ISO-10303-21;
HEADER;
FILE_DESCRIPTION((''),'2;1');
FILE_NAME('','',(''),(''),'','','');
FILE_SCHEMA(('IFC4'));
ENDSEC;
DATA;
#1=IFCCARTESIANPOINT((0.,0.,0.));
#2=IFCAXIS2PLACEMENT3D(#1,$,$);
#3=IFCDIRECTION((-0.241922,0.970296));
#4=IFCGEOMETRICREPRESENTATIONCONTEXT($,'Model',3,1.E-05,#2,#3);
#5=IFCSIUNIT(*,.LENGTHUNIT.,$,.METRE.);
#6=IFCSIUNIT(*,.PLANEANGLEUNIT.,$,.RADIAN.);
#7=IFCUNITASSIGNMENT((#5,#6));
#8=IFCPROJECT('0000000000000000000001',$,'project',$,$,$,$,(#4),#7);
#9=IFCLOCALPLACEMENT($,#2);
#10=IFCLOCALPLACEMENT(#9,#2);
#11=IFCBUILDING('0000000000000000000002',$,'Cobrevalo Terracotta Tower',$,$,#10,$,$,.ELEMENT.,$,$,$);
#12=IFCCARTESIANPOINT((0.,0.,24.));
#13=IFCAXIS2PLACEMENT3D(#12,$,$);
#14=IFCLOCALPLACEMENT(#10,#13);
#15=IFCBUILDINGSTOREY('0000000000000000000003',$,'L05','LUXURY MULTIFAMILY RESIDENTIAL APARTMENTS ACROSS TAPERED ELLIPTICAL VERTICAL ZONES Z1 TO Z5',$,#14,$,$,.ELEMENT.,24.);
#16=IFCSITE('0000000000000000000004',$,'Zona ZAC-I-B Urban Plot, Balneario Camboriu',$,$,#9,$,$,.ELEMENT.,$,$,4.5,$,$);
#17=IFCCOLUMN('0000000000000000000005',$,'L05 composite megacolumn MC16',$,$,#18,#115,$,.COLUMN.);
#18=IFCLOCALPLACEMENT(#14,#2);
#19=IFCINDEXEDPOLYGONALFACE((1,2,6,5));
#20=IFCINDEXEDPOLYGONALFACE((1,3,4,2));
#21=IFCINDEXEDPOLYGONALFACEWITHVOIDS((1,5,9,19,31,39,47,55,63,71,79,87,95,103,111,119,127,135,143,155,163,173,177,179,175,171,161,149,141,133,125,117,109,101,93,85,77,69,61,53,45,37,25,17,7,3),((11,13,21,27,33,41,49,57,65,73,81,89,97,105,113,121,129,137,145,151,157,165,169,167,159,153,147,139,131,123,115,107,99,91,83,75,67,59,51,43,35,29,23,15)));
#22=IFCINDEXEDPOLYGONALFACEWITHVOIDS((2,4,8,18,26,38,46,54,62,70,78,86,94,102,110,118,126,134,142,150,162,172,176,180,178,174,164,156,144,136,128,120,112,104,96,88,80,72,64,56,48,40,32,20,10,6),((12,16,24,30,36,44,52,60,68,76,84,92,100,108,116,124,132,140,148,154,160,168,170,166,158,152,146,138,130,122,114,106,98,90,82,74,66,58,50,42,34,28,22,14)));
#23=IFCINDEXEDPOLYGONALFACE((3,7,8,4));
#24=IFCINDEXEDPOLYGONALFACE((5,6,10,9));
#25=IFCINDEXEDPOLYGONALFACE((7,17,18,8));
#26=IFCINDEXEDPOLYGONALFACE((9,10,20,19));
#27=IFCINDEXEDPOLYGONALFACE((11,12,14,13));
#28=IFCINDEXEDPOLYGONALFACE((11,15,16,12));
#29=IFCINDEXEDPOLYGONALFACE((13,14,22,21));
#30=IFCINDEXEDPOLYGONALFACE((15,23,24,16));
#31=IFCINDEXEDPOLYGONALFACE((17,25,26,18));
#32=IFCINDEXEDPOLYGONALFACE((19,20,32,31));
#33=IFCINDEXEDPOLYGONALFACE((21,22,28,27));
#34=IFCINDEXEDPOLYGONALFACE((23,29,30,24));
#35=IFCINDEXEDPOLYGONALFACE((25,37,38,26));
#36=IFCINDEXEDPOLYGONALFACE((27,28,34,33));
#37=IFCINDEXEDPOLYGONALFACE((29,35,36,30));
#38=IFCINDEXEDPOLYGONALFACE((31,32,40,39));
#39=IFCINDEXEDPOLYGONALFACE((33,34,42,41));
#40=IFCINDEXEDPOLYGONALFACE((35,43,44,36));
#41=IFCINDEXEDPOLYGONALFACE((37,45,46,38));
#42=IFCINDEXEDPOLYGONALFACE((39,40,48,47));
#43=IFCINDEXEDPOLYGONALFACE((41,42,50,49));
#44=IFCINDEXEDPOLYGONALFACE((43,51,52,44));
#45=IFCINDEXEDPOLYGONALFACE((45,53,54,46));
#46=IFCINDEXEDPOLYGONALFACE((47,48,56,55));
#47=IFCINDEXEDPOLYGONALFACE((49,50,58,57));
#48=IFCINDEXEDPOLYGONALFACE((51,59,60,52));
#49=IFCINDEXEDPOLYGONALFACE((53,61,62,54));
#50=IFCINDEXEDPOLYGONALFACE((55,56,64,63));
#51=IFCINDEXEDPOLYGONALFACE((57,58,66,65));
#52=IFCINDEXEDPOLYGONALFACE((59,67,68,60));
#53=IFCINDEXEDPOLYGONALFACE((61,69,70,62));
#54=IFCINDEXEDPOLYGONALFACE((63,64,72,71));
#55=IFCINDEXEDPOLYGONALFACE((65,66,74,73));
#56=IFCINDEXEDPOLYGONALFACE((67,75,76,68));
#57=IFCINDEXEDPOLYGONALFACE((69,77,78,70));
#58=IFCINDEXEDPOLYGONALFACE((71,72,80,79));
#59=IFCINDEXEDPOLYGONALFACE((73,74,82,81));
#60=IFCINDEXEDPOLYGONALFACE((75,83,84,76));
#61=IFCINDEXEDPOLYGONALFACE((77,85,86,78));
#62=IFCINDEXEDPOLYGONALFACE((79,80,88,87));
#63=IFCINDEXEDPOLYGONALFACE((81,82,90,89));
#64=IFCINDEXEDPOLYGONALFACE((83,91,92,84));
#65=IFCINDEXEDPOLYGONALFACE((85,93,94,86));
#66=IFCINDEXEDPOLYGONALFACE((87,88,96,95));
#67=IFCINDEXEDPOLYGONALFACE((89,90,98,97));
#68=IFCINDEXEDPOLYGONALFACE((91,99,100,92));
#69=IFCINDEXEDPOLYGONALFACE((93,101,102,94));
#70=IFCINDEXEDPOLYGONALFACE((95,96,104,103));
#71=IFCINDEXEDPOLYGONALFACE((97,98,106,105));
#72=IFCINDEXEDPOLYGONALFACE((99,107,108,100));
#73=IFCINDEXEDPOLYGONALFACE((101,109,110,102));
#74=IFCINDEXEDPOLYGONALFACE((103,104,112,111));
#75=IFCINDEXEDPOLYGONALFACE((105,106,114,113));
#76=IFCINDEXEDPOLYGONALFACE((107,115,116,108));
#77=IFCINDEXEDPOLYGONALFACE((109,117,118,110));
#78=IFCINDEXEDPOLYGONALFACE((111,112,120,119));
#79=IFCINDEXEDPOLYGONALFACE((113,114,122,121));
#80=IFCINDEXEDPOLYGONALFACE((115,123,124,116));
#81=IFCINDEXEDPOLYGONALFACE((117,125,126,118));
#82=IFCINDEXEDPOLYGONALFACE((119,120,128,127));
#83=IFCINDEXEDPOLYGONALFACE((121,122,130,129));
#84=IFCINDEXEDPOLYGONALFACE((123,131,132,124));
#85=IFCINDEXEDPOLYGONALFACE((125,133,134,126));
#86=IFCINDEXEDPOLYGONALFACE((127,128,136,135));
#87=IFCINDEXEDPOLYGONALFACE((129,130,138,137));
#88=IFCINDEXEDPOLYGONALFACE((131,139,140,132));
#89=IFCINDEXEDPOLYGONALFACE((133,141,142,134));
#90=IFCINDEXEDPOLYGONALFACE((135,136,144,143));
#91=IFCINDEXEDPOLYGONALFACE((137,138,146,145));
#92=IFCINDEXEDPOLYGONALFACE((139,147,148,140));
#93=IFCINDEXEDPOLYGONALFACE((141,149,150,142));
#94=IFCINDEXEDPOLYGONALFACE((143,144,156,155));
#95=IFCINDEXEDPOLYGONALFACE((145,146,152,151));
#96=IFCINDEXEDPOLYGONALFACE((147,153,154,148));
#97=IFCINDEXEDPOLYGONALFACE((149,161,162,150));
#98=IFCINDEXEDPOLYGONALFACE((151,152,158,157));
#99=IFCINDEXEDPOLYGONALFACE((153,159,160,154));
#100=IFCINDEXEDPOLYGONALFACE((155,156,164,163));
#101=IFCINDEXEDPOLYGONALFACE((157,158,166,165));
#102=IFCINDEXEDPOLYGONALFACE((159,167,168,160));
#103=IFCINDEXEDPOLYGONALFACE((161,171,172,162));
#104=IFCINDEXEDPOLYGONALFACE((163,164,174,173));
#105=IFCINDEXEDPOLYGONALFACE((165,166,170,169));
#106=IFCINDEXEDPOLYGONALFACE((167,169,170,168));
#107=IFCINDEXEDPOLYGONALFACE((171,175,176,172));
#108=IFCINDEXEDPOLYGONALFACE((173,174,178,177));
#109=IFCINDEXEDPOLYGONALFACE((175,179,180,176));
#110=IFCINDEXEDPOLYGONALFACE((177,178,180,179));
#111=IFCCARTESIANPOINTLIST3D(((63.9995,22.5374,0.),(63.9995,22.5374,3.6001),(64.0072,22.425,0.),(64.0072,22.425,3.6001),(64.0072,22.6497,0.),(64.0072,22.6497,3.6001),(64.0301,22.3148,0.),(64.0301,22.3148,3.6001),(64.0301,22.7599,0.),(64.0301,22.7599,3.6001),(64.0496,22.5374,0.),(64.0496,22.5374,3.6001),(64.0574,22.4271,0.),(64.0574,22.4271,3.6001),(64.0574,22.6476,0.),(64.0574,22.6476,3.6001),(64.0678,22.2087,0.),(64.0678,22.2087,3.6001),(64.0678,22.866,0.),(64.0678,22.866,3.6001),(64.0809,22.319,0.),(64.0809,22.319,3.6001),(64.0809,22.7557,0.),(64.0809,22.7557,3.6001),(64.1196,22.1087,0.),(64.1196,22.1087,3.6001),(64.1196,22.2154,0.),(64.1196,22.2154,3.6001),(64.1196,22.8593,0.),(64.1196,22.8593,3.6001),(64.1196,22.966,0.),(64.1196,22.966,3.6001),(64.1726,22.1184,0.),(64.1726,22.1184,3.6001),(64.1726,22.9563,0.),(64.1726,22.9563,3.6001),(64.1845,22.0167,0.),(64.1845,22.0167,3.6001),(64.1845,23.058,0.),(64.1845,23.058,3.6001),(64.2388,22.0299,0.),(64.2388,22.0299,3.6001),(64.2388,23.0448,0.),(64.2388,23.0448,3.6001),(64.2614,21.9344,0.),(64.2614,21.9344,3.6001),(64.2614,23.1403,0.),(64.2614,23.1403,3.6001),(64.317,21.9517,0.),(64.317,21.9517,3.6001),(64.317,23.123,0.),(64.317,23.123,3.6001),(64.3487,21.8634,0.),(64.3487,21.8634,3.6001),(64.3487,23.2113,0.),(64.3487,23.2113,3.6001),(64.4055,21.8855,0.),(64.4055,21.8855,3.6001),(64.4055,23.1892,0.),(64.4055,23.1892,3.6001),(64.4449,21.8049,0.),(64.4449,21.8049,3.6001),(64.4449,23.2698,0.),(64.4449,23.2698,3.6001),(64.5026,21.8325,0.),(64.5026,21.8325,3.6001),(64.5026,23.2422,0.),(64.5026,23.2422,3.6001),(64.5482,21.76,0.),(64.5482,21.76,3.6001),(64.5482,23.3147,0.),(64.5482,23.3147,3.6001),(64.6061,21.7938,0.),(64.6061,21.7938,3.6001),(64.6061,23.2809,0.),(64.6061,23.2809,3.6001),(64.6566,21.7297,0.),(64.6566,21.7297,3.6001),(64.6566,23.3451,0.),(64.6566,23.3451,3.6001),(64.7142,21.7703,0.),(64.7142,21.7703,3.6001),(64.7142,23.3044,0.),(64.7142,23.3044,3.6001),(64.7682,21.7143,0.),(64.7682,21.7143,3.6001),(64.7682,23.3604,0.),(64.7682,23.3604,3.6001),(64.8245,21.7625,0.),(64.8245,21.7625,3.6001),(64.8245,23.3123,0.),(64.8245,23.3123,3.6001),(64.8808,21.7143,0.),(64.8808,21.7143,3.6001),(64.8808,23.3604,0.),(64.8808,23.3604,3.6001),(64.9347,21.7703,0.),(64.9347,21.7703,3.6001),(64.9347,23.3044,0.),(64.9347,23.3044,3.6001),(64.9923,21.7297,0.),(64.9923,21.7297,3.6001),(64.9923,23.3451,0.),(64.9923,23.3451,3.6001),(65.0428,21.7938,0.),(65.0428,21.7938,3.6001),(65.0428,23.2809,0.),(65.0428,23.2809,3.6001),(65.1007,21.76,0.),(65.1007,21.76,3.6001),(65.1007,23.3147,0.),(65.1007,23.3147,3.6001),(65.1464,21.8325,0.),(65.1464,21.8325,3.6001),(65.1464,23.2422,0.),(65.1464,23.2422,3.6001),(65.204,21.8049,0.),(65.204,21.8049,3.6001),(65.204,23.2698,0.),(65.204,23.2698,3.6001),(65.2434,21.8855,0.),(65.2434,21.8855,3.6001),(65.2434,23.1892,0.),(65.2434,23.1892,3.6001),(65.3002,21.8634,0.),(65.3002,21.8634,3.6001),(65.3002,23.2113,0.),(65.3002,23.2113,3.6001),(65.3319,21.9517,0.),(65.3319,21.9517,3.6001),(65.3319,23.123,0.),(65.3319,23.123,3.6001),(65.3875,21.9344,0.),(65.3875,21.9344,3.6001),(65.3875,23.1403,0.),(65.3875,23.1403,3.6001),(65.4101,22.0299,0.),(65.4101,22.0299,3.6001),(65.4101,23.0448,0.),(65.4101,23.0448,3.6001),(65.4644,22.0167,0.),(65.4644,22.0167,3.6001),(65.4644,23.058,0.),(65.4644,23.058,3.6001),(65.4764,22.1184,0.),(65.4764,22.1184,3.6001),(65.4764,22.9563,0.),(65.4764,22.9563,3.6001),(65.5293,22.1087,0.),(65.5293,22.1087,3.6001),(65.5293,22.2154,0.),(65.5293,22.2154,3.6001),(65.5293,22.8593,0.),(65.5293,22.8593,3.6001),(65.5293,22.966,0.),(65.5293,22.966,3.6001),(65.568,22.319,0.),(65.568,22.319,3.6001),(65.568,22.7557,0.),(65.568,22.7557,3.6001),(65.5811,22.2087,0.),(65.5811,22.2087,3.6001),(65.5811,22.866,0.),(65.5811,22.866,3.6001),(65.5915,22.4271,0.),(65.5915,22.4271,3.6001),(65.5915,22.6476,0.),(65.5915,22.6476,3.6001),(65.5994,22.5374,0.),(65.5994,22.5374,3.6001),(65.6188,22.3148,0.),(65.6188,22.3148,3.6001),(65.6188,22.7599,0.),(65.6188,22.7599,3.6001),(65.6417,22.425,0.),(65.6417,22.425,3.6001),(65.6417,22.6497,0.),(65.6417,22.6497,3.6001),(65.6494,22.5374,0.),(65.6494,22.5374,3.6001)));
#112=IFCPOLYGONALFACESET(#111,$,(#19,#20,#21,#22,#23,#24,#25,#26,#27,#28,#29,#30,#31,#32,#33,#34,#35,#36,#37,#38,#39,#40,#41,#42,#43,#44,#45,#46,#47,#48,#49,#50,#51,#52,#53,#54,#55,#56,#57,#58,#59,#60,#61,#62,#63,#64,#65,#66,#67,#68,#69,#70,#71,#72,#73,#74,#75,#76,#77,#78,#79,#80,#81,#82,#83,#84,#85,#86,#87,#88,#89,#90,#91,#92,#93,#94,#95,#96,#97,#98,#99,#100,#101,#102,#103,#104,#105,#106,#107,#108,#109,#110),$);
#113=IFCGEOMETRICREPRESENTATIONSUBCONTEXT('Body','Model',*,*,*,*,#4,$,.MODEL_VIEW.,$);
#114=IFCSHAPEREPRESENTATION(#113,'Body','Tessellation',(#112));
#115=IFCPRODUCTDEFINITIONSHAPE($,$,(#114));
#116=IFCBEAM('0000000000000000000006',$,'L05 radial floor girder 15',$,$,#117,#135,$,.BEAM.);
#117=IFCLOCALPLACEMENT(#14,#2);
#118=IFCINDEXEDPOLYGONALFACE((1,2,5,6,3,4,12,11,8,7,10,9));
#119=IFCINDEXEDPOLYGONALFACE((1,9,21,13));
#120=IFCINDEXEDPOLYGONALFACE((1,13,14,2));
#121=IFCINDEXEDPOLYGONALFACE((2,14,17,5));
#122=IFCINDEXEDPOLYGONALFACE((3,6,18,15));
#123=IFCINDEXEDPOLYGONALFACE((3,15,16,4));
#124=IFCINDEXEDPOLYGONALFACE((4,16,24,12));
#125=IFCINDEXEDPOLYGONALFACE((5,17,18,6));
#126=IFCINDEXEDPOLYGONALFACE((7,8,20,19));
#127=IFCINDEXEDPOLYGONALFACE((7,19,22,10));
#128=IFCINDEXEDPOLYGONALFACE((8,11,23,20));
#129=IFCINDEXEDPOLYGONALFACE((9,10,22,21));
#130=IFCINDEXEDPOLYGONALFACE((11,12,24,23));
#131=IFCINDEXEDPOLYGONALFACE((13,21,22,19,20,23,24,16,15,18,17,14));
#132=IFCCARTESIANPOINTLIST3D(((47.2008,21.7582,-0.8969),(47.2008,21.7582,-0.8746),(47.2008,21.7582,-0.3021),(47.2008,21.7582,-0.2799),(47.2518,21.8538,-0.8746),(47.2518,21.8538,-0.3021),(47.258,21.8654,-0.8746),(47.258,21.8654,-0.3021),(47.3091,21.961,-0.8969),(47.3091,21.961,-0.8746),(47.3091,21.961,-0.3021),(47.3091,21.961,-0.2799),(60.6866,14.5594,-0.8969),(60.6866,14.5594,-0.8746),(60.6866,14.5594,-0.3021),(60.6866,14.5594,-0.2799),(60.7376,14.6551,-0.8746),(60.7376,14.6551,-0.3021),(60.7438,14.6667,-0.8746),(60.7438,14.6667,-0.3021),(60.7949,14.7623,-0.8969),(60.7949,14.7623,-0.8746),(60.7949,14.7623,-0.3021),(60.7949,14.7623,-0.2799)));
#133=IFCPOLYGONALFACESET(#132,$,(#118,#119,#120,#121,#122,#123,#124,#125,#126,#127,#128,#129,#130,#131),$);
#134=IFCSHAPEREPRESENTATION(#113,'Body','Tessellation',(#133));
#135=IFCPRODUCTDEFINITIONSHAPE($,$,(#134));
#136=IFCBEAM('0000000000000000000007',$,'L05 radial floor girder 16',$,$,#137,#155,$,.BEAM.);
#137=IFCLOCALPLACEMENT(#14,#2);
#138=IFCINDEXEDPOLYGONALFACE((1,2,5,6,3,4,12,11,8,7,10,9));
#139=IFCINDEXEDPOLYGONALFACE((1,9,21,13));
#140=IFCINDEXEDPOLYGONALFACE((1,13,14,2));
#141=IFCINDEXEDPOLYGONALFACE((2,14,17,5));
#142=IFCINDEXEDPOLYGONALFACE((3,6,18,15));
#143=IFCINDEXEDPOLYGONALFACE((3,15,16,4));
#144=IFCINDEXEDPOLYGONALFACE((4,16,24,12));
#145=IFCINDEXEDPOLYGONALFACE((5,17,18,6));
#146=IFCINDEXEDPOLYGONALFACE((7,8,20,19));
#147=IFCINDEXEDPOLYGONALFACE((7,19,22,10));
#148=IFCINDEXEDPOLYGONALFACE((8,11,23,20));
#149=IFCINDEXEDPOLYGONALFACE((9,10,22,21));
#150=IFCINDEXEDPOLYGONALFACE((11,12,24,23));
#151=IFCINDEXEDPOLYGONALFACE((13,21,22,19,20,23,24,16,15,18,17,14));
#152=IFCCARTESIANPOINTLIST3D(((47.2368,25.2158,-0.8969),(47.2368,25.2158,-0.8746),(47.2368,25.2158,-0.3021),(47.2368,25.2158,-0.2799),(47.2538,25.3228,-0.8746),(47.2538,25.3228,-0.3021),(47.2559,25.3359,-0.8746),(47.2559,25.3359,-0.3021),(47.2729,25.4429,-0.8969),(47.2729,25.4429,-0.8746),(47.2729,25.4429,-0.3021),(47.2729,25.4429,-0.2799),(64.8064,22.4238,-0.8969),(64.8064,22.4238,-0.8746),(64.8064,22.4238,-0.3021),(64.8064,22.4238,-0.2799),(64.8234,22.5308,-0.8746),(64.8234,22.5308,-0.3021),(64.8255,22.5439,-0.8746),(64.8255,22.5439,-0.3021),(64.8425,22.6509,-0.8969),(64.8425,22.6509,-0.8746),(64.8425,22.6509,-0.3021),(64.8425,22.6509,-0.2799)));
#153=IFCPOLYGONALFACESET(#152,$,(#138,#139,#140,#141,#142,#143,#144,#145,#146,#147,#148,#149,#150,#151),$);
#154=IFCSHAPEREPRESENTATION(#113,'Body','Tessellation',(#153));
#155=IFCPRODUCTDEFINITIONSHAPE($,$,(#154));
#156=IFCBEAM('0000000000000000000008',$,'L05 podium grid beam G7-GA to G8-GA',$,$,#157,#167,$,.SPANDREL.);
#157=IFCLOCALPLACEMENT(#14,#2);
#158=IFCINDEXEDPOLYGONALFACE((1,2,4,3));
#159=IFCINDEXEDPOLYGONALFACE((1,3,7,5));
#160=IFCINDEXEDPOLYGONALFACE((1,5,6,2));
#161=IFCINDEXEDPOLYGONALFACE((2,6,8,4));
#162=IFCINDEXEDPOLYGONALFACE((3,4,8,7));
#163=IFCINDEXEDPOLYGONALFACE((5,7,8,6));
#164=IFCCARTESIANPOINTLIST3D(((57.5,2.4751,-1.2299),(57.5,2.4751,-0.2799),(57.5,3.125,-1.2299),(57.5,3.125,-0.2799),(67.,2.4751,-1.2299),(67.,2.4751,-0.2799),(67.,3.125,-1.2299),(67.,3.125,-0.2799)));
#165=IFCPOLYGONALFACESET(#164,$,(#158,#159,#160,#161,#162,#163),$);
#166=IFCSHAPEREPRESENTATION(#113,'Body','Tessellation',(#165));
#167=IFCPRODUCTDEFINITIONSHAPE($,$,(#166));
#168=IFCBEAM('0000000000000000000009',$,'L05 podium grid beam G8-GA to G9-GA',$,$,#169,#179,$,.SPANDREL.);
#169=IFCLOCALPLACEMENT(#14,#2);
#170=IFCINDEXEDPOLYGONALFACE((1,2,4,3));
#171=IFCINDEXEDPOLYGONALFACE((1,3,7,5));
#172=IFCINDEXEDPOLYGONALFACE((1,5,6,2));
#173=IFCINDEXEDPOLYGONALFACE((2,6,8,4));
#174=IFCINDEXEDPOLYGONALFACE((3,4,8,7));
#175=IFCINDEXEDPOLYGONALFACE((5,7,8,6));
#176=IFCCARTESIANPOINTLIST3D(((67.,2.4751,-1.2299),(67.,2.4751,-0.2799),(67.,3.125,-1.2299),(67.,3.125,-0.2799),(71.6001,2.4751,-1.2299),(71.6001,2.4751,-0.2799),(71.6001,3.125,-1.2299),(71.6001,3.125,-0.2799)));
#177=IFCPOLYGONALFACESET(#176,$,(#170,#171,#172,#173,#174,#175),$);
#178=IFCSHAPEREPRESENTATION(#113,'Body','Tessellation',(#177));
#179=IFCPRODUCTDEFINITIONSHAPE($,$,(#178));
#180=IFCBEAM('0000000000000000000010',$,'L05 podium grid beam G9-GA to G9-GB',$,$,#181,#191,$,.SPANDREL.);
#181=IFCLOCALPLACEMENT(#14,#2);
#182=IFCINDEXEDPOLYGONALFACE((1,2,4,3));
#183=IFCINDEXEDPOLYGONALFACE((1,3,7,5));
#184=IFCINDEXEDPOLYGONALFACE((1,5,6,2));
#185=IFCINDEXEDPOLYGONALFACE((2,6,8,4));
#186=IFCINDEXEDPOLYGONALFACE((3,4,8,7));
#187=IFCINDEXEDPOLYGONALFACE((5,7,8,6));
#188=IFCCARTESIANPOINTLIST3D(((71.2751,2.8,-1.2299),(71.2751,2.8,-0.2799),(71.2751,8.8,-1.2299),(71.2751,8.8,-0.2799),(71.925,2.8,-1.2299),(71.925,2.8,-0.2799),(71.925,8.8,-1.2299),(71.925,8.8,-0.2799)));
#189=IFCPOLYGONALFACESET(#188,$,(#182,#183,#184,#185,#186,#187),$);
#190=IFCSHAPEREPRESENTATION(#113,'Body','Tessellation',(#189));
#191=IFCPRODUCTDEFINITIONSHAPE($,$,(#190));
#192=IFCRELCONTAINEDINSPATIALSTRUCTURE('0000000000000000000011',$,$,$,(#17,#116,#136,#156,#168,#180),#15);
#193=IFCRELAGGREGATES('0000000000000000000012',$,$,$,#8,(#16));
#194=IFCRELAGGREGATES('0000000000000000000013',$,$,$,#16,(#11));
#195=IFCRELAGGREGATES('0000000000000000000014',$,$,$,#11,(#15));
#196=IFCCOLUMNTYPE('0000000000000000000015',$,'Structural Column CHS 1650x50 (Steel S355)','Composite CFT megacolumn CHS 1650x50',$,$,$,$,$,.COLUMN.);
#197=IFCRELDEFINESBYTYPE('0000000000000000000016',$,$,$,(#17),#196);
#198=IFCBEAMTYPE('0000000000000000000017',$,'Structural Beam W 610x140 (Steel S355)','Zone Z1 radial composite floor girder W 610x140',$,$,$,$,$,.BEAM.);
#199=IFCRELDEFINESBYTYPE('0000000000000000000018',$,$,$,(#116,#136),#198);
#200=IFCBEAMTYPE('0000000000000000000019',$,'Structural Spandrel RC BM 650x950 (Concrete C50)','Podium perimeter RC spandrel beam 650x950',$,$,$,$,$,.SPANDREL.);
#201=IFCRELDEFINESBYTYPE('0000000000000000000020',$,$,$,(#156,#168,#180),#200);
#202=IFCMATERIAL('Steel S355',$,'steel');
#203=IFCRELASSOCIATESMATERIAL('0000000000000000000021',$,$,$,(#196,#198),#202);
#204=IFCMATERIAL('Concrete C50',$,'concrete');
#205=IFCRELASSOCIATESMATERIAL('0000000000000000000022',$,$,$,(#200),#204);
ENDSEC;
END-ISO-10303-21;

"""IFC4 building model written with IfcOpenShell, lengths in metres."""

from ifc_helpers import new_model, si_unit, direction, frame, origin, origin_2d, place, context, subcontext, project, spatial, rectangle, hollow_circle, i_section, extrude, material, material_profile, profile_set, type_object, element, save


model = new_model("IFC4")

# Units and contexts
model_context = context("Model", 3, precision=1e-05, world=origin(), true_north=direction((-0.241922, 0.970296)))
body_context = subcontext(model_context, "Body", "Model", "MODEL_VIEW")
ifc_project = project(units=[si_unit("LENGTHUNIT", "METRE"), si_unit("PLANEANGLEUNIT", "RADIAN")], contexts=[model_context])

# Site, building, storey
site_placement = place(None, origin())
site = spatial("IfcSite", under=ifc_project, at=site_placement, Name="Zona ZAC-I-B Urban Plot, Balneario Camboriu", CompositionType="ELEMENT", RefElevation=4.5)
building_placement = place(site_placement, origin())
building = spatial("IfcBuilding", under=site, at=building_placement, Name="Cobrevalo Terracotta Tower", CompositionType="ELEMENT")
storey_placement = place(building_placement, frame((0.0, 0.0, 24.0)))
storey = spatial("IfcBuildingStorey", under=building, at=storey_placement, Name="L05", Description="LUXURY MULTIFAMILY RESIDENTIAL APARTMENTS ACROSS TAPERED ELLIPTICAL VERTICAL ZONES Z1 TO Z5", CompositionType="ELEMENT", Elevation=24.0)

# Column
ifc_material_1 = material(Name="Steel S355", Category="steel")
ifc_material_profile_1 = material_profile(ifc_material_1, hollow_circle(Radius=0.825, WallThickness=0.05, at=origin_2d()), Name="CHS 1650x50")
ifc_profile_set_1 = profile_set([ifc_material_profile_1], Name="Steel S355")
column_type = type_object("IfcColumnType", Name="Structural Column CHS 1650x50 (Steel S355)", Description="Composite CFT megacolumn CHS 1650x50", PredefinedType="COLUMN", material=ifc_profile_set_1)
for number, where, z_axis, x_axis, name in (
    (1, (64.8245, 22.5374, 0.0), (0.0, 0.0, 1.0), (1.0, 0.0, 0.0), "L05 composite megacolumn MC16"),
):
    element("IfcColumn", number, at=place(storey_placement, frame(where, z_axis=z_axis, x_axis=x_axis)), inside=storey, type_object=column_type, Name=name, PredefinedType="COLUMN", context=body_context, shape_type="SweptSolid", body=[
        extrude(hollow_circle(Radius=0.825, WallThickness=0.05, at=origin_2d()), origin(), (0.0, 0.0, 1.0), 3.6001),
    ])

# Beams
ifc_material_profile_2 = material_profile(ifc_material_1, i_section(OverallWidth=0.23, OverallDepth=0.6169, WebThickness=0.0132, FlangeThickness=0.0222, at=origin_2d()), Name="W 610x140")
ifc_profile_set_2 = profile_set([ifc_material_profile_2], Name="Steel S355")
beam_type_1 = type_object("IfcBeamType", Name="Structural Beam W 610x140 (Steel S355)", Description="Zone Z1 radial composite floor girder W 610x140", PredefinedType="BEAM", material=ifc_profile_set_2)
beam_1_placement = place(storey_placement, frame((60.7407, 14.6609, -0.5884), z_axis=(-0.882182, 0.470908, 0.0), x_axis=(-0.470908, -0.882182, 0.0)))
element("IfcBeam", 2, at=beam_1_placement, inside=storey, type_object=beam_type_1, Name="L05 radial floor girder 15", PredefinedType="BEAM", context=body_context, shape_type="SweptSolid", body=[
    extrude(i_section(OverallWidth=0.23, OverallDepth=0.6169, WebThickness=0.0132, FlangeThickness=0.0222, at=origin_2d()), origin(), (0.0, 0.0, 1.0), 15.2869),
])
beam_2_placement = place(storey_placement, frame((64.8245, 22.5374, -0.5884), z_axis=(-0.987608, 0.156941, 0.0), x_axis=(-0.156941, -0.987608, 0.0)))
element("IfcBeam", 3, at=beam_2_placement, inside=storey, type_object=beam_type_1, Name="L05 radial floor girder 16", PredefinedType="BEAM", context=body_context, shape_type="SweptSolid", body=[
    extrude(i_section(OverallWidth=0.23, OverallDepth=0.6169, WebThickness=0.0132, FlangeThickness=0.0222, at=origin_2d()), origin(), (0.0, 0.0, 1.0), 17.79),
])
ifc_material_2 = material(Name="Concrete C50", Category="concrete")
ifc_material_profile_3 = material_profile(ifc_material_2, rectangle(XDim=0.6499, YDim=0.95, at=origin_2d()), Name="RC BM 650x950")
ifc_profile_set_3 = profile_set([ifc_material_profile_3], Name="Concrete C50")
beam_type_2 = type_object("IfcBeamType", Name="Structural Spandrel RC BM 650x950 (Concrete C50)", Description="Podium perimeter RC spandrel beam 650x950", PredefinedType="SPANDREL", material=ifc_profile_set_3)
beam_3_placement = place(storey_placement, frame((57.5, 2.8, -0.7549), z_axis=(1.0, 0.0, 0.0), x_axis=(0.0, 1.0, 0.0)))
element("IfcBeam", 4, at=beam_3_placement, inside=storey, type_object=beam_type_2, Name="L05 podium grid beam G7-GA to G8-GA", PredefinedType="SPANDREL", context=body_context, shape_type="SweptSolid", body=[
    extrude(rectangle(XDim=0.6499, YDim=0.95, at=origin_2d()), origin(), (0.0, 0.0, 1.0), 9.5),
])
beam_4_placement = place(storey_placement, frame((67.0, 2.8, -0.7549), z_axis=(1.0, 0.0, 0.0), x_axis=(0.0, 1.0, 0.0)))
element("IfcBeam", 5, at=beam_4_placement, inside=storey, type_object=beam_type_2, Name="L05 podium grid beam G8-GA to G9-GA", PredefinedType="SPANDREL", context=body_context, shape_type="SweptSolid", body=[
    extrude(rectangle(XDim=0.6499, YDim=0.95, at=origin_2d()), origin(), (0.0, 0.0, 1.0), 4.6001),
])
beam_5_placement = place(storey_placement, frame((71.6001, 2.8, -0.7549), z_axis=(0.0, 1.0, 0.0), x_axis=(-1.0, 0.0, 0.0)))
element("IfcBeam", 6, at=beam_5_placement, inside=storey, type_object=beam_type_2, Name="L05 podium grid beam G9-GA to G9-GB", PredefinedType="SPANDREL", context=body_context, shape_type="SweptSolid", body=[
    extrude(rectangle(XDim=0.6499, YDim=0.95, at=origin_2d()), origin(), (0.0, 0.0, 1.0), 6.0),
])

save(model, "model.ifc")
